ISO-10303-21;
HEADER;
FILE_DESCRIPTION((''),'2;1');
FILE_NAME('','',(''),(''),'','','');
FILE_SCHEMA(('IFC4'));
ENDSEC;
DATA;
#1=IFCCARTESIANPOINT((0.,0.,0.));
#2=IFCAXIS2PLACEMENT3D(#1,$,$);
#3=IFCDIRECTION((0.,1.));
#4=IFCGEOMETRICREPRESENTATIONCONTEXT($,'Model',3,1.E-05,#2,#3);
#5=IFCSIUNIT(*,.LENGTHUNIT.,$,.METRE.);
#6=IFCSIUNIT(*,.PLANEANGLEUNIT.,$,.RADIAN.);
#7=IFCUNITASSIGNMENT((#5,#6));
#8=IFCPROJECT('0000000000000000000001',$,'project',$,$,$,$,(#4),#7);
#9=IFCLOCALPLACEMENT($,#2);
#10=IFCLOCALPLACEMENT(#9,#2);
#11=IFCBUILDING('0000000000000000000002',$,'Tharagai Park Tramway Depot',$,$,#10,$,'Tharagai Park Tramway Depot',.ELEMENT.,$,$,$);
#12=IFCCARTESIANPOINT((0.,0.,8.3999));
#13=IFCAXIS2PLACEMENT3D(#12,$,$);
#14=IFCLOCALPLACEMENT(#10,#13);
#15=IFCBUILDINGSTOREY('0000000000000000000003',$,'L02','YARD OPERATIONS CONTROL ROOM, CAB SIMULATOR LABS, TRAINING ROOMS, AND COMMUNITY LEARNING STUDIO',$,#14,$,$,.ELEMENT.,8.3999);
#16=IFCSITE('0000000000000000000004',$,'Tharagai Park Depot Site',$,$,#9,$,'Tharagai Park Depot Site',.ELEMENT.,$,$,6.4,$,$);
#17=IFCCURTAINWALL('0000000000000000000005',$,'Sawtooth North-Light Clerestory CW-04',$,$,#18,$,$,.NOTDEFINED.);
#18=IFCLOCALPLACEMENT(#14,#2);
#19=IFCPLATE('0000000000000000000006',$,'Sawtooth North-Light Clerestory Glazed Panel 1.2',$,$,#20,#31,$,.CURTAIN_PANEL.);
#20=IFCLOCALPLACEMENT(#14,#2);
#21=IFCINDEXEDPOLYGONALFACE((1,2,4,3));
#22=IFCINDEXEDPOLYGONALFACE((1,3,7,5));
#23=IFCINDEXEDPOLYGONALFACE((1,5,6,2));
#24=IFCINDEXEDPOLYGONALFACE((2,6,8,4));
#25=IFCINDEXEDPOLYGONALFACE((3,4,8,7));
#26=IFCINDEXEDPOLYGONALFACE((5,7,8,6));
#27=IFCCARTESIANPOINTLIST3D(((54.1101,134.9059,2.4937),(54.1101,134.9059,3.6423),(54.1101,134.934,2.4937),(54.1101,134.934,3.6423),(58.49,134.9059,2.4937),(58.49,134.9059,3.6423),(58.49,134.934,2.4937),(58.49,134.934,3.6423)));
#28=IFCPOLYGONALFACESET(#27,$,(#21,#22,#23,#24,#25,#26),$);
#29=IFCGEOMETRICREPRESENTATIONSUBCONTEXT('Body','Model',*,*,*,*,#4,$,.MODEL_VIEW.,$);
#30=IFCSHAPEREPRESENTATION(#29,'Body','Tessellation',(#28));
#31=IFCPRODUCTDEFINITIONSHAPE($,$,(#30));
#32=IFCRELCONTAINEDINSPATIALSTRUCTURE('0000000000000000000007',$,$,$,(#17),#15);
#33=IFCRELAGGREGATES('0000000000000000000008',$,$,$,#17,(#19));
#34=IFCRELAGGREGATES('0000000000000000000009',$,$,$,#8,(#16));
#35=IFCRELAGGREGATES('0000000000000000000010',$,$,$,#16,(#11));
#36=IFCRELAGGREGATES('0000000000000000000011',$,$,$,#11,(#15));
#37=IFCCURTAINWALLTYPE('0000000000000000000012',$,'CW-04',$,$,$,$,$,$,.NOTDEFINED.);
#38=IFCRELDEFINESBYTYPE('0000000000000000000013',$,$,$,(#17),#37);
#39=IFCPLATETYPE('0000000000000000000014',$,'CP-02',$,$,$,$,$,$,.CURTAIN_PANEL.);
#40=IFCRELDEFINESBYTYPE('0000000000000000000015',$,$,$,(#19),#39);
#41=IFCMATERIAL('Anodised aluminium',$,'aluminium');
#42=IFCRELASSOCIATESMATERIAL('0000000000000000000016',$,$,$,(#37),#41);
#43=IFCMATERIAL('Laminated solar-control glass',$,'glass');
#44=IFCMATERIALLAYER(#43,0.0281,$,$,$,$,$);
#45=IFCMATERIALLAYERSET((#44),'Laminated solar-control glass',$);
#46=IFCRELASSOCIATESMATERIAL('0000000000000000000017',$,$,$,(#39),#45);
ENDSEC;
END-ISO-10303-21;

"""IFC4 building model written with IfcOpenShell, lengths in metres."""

from ifc_helpers import new_model, si_unit, direction, frame, origin, origin_2d, place, context, subcontext, project, spatial, rectangle, extrude, material, layer, layer_set, type_object, element, aggregate, save


model = new_model("IFC4")

# Units and contexts
model_context = context("Model", 3, precision=1e-05, world=origin(), true_north=direction((0.0, 1.0)))
body_context = subcontext(model_context, "Body", "Model", "MODEL_VIEW")
ifc_project = project(units=[si_unit("LENGTHUNIT", "METRE"), si_unit("PLANEANGLEUNIT", "RADIAN")], contexts=[model_context])

# Site, building, storey
site_placement = place(None, origin())
site = spatial("IfcSite", under=ifc_project, at=site_placement, Name="Tharagai Park Depot Site", LongName="Tharagai Park Depot Site", CompositionType="ELEMENT", RefElevation=6.4)
building_placement = place(site_placement, origin())
building = spatial("IfcBuilding", under=site, at=building_placement, Name="Tharagai Park Tramway Depot", LongName="Tharagai Park Tramway Depot", CompositionType="ELEMENT")
storey_placement = place(building_placement, frame((0.0, 0.0, 8.3999)))
storey = spatial("IfcBuildingStorey", under=building, at=storey_placement, Name="L02", Description="YARD OPERATIONS CONTROL ROOM, CAB SIMULATOR LABS, TRAINING ROOMS, AND COMMUNITY LEARNING STUDIO", CompositionType="ELEMENT", Elevation=8.3999)

# Curtain wall
ifc_material_1 = material(Name="Anodised aluminium", Category="aluminium")
curtain_wall_type_1 = type_object("IfcCurtainWallType", Name="CW-04", PredefinedType="NOTDEFINED", material=ifc_material_1)
curtain_wall_1_placement = place(storey_placement, origin())
curtain_wall_1 = element("IfcCurtainWall", 1, at=curtain_wall_1_placement, inside=storey, type_object=curtain_wall_type_1, Name="Sawtooth North-Light Clerestory CW-04", PredefinedType="NOTDEFINED")

# Plate
ifc_material_2 = material(Name="Laminated solar-control glass", Category="glass")
ifc_layer = layer(ifc_material_2, 0.0281)
ifc_layer_set = layer_set([ifc_layer], Name="Laminated solar-control glass")
plate_type = type_object("IfcPlateType", Name="CP-02", PredefinedType="CURTAIN_PANEL", material=ifc_layer_set)
plate_1_placement = place(storey_placement, frame((56.3, 134.9199, 2.4937), z_axis=(0.0, 0.0, 1.0), x_axis=(1.0, 0.0, 0.0)))
plate_1 = element("IfcPlate", 2, at=plate_1_placement, type_object=plate_type, Name="Sawtooth North-Light Clerestory Glazed Panel 1.2", PredefinedType="CURTAIN_PANEL", context=body_context, shape_type="SweptSolid", body=[
    extrude(rectangle(XDim=4.3799, YDim=0.0281, at=origin_2d()), origin(), (0.0, 0.0, 1.0), 1.1487),
])
aggregate(curtain_wall_1, [plate_1])

save(model, "model.ifc")
